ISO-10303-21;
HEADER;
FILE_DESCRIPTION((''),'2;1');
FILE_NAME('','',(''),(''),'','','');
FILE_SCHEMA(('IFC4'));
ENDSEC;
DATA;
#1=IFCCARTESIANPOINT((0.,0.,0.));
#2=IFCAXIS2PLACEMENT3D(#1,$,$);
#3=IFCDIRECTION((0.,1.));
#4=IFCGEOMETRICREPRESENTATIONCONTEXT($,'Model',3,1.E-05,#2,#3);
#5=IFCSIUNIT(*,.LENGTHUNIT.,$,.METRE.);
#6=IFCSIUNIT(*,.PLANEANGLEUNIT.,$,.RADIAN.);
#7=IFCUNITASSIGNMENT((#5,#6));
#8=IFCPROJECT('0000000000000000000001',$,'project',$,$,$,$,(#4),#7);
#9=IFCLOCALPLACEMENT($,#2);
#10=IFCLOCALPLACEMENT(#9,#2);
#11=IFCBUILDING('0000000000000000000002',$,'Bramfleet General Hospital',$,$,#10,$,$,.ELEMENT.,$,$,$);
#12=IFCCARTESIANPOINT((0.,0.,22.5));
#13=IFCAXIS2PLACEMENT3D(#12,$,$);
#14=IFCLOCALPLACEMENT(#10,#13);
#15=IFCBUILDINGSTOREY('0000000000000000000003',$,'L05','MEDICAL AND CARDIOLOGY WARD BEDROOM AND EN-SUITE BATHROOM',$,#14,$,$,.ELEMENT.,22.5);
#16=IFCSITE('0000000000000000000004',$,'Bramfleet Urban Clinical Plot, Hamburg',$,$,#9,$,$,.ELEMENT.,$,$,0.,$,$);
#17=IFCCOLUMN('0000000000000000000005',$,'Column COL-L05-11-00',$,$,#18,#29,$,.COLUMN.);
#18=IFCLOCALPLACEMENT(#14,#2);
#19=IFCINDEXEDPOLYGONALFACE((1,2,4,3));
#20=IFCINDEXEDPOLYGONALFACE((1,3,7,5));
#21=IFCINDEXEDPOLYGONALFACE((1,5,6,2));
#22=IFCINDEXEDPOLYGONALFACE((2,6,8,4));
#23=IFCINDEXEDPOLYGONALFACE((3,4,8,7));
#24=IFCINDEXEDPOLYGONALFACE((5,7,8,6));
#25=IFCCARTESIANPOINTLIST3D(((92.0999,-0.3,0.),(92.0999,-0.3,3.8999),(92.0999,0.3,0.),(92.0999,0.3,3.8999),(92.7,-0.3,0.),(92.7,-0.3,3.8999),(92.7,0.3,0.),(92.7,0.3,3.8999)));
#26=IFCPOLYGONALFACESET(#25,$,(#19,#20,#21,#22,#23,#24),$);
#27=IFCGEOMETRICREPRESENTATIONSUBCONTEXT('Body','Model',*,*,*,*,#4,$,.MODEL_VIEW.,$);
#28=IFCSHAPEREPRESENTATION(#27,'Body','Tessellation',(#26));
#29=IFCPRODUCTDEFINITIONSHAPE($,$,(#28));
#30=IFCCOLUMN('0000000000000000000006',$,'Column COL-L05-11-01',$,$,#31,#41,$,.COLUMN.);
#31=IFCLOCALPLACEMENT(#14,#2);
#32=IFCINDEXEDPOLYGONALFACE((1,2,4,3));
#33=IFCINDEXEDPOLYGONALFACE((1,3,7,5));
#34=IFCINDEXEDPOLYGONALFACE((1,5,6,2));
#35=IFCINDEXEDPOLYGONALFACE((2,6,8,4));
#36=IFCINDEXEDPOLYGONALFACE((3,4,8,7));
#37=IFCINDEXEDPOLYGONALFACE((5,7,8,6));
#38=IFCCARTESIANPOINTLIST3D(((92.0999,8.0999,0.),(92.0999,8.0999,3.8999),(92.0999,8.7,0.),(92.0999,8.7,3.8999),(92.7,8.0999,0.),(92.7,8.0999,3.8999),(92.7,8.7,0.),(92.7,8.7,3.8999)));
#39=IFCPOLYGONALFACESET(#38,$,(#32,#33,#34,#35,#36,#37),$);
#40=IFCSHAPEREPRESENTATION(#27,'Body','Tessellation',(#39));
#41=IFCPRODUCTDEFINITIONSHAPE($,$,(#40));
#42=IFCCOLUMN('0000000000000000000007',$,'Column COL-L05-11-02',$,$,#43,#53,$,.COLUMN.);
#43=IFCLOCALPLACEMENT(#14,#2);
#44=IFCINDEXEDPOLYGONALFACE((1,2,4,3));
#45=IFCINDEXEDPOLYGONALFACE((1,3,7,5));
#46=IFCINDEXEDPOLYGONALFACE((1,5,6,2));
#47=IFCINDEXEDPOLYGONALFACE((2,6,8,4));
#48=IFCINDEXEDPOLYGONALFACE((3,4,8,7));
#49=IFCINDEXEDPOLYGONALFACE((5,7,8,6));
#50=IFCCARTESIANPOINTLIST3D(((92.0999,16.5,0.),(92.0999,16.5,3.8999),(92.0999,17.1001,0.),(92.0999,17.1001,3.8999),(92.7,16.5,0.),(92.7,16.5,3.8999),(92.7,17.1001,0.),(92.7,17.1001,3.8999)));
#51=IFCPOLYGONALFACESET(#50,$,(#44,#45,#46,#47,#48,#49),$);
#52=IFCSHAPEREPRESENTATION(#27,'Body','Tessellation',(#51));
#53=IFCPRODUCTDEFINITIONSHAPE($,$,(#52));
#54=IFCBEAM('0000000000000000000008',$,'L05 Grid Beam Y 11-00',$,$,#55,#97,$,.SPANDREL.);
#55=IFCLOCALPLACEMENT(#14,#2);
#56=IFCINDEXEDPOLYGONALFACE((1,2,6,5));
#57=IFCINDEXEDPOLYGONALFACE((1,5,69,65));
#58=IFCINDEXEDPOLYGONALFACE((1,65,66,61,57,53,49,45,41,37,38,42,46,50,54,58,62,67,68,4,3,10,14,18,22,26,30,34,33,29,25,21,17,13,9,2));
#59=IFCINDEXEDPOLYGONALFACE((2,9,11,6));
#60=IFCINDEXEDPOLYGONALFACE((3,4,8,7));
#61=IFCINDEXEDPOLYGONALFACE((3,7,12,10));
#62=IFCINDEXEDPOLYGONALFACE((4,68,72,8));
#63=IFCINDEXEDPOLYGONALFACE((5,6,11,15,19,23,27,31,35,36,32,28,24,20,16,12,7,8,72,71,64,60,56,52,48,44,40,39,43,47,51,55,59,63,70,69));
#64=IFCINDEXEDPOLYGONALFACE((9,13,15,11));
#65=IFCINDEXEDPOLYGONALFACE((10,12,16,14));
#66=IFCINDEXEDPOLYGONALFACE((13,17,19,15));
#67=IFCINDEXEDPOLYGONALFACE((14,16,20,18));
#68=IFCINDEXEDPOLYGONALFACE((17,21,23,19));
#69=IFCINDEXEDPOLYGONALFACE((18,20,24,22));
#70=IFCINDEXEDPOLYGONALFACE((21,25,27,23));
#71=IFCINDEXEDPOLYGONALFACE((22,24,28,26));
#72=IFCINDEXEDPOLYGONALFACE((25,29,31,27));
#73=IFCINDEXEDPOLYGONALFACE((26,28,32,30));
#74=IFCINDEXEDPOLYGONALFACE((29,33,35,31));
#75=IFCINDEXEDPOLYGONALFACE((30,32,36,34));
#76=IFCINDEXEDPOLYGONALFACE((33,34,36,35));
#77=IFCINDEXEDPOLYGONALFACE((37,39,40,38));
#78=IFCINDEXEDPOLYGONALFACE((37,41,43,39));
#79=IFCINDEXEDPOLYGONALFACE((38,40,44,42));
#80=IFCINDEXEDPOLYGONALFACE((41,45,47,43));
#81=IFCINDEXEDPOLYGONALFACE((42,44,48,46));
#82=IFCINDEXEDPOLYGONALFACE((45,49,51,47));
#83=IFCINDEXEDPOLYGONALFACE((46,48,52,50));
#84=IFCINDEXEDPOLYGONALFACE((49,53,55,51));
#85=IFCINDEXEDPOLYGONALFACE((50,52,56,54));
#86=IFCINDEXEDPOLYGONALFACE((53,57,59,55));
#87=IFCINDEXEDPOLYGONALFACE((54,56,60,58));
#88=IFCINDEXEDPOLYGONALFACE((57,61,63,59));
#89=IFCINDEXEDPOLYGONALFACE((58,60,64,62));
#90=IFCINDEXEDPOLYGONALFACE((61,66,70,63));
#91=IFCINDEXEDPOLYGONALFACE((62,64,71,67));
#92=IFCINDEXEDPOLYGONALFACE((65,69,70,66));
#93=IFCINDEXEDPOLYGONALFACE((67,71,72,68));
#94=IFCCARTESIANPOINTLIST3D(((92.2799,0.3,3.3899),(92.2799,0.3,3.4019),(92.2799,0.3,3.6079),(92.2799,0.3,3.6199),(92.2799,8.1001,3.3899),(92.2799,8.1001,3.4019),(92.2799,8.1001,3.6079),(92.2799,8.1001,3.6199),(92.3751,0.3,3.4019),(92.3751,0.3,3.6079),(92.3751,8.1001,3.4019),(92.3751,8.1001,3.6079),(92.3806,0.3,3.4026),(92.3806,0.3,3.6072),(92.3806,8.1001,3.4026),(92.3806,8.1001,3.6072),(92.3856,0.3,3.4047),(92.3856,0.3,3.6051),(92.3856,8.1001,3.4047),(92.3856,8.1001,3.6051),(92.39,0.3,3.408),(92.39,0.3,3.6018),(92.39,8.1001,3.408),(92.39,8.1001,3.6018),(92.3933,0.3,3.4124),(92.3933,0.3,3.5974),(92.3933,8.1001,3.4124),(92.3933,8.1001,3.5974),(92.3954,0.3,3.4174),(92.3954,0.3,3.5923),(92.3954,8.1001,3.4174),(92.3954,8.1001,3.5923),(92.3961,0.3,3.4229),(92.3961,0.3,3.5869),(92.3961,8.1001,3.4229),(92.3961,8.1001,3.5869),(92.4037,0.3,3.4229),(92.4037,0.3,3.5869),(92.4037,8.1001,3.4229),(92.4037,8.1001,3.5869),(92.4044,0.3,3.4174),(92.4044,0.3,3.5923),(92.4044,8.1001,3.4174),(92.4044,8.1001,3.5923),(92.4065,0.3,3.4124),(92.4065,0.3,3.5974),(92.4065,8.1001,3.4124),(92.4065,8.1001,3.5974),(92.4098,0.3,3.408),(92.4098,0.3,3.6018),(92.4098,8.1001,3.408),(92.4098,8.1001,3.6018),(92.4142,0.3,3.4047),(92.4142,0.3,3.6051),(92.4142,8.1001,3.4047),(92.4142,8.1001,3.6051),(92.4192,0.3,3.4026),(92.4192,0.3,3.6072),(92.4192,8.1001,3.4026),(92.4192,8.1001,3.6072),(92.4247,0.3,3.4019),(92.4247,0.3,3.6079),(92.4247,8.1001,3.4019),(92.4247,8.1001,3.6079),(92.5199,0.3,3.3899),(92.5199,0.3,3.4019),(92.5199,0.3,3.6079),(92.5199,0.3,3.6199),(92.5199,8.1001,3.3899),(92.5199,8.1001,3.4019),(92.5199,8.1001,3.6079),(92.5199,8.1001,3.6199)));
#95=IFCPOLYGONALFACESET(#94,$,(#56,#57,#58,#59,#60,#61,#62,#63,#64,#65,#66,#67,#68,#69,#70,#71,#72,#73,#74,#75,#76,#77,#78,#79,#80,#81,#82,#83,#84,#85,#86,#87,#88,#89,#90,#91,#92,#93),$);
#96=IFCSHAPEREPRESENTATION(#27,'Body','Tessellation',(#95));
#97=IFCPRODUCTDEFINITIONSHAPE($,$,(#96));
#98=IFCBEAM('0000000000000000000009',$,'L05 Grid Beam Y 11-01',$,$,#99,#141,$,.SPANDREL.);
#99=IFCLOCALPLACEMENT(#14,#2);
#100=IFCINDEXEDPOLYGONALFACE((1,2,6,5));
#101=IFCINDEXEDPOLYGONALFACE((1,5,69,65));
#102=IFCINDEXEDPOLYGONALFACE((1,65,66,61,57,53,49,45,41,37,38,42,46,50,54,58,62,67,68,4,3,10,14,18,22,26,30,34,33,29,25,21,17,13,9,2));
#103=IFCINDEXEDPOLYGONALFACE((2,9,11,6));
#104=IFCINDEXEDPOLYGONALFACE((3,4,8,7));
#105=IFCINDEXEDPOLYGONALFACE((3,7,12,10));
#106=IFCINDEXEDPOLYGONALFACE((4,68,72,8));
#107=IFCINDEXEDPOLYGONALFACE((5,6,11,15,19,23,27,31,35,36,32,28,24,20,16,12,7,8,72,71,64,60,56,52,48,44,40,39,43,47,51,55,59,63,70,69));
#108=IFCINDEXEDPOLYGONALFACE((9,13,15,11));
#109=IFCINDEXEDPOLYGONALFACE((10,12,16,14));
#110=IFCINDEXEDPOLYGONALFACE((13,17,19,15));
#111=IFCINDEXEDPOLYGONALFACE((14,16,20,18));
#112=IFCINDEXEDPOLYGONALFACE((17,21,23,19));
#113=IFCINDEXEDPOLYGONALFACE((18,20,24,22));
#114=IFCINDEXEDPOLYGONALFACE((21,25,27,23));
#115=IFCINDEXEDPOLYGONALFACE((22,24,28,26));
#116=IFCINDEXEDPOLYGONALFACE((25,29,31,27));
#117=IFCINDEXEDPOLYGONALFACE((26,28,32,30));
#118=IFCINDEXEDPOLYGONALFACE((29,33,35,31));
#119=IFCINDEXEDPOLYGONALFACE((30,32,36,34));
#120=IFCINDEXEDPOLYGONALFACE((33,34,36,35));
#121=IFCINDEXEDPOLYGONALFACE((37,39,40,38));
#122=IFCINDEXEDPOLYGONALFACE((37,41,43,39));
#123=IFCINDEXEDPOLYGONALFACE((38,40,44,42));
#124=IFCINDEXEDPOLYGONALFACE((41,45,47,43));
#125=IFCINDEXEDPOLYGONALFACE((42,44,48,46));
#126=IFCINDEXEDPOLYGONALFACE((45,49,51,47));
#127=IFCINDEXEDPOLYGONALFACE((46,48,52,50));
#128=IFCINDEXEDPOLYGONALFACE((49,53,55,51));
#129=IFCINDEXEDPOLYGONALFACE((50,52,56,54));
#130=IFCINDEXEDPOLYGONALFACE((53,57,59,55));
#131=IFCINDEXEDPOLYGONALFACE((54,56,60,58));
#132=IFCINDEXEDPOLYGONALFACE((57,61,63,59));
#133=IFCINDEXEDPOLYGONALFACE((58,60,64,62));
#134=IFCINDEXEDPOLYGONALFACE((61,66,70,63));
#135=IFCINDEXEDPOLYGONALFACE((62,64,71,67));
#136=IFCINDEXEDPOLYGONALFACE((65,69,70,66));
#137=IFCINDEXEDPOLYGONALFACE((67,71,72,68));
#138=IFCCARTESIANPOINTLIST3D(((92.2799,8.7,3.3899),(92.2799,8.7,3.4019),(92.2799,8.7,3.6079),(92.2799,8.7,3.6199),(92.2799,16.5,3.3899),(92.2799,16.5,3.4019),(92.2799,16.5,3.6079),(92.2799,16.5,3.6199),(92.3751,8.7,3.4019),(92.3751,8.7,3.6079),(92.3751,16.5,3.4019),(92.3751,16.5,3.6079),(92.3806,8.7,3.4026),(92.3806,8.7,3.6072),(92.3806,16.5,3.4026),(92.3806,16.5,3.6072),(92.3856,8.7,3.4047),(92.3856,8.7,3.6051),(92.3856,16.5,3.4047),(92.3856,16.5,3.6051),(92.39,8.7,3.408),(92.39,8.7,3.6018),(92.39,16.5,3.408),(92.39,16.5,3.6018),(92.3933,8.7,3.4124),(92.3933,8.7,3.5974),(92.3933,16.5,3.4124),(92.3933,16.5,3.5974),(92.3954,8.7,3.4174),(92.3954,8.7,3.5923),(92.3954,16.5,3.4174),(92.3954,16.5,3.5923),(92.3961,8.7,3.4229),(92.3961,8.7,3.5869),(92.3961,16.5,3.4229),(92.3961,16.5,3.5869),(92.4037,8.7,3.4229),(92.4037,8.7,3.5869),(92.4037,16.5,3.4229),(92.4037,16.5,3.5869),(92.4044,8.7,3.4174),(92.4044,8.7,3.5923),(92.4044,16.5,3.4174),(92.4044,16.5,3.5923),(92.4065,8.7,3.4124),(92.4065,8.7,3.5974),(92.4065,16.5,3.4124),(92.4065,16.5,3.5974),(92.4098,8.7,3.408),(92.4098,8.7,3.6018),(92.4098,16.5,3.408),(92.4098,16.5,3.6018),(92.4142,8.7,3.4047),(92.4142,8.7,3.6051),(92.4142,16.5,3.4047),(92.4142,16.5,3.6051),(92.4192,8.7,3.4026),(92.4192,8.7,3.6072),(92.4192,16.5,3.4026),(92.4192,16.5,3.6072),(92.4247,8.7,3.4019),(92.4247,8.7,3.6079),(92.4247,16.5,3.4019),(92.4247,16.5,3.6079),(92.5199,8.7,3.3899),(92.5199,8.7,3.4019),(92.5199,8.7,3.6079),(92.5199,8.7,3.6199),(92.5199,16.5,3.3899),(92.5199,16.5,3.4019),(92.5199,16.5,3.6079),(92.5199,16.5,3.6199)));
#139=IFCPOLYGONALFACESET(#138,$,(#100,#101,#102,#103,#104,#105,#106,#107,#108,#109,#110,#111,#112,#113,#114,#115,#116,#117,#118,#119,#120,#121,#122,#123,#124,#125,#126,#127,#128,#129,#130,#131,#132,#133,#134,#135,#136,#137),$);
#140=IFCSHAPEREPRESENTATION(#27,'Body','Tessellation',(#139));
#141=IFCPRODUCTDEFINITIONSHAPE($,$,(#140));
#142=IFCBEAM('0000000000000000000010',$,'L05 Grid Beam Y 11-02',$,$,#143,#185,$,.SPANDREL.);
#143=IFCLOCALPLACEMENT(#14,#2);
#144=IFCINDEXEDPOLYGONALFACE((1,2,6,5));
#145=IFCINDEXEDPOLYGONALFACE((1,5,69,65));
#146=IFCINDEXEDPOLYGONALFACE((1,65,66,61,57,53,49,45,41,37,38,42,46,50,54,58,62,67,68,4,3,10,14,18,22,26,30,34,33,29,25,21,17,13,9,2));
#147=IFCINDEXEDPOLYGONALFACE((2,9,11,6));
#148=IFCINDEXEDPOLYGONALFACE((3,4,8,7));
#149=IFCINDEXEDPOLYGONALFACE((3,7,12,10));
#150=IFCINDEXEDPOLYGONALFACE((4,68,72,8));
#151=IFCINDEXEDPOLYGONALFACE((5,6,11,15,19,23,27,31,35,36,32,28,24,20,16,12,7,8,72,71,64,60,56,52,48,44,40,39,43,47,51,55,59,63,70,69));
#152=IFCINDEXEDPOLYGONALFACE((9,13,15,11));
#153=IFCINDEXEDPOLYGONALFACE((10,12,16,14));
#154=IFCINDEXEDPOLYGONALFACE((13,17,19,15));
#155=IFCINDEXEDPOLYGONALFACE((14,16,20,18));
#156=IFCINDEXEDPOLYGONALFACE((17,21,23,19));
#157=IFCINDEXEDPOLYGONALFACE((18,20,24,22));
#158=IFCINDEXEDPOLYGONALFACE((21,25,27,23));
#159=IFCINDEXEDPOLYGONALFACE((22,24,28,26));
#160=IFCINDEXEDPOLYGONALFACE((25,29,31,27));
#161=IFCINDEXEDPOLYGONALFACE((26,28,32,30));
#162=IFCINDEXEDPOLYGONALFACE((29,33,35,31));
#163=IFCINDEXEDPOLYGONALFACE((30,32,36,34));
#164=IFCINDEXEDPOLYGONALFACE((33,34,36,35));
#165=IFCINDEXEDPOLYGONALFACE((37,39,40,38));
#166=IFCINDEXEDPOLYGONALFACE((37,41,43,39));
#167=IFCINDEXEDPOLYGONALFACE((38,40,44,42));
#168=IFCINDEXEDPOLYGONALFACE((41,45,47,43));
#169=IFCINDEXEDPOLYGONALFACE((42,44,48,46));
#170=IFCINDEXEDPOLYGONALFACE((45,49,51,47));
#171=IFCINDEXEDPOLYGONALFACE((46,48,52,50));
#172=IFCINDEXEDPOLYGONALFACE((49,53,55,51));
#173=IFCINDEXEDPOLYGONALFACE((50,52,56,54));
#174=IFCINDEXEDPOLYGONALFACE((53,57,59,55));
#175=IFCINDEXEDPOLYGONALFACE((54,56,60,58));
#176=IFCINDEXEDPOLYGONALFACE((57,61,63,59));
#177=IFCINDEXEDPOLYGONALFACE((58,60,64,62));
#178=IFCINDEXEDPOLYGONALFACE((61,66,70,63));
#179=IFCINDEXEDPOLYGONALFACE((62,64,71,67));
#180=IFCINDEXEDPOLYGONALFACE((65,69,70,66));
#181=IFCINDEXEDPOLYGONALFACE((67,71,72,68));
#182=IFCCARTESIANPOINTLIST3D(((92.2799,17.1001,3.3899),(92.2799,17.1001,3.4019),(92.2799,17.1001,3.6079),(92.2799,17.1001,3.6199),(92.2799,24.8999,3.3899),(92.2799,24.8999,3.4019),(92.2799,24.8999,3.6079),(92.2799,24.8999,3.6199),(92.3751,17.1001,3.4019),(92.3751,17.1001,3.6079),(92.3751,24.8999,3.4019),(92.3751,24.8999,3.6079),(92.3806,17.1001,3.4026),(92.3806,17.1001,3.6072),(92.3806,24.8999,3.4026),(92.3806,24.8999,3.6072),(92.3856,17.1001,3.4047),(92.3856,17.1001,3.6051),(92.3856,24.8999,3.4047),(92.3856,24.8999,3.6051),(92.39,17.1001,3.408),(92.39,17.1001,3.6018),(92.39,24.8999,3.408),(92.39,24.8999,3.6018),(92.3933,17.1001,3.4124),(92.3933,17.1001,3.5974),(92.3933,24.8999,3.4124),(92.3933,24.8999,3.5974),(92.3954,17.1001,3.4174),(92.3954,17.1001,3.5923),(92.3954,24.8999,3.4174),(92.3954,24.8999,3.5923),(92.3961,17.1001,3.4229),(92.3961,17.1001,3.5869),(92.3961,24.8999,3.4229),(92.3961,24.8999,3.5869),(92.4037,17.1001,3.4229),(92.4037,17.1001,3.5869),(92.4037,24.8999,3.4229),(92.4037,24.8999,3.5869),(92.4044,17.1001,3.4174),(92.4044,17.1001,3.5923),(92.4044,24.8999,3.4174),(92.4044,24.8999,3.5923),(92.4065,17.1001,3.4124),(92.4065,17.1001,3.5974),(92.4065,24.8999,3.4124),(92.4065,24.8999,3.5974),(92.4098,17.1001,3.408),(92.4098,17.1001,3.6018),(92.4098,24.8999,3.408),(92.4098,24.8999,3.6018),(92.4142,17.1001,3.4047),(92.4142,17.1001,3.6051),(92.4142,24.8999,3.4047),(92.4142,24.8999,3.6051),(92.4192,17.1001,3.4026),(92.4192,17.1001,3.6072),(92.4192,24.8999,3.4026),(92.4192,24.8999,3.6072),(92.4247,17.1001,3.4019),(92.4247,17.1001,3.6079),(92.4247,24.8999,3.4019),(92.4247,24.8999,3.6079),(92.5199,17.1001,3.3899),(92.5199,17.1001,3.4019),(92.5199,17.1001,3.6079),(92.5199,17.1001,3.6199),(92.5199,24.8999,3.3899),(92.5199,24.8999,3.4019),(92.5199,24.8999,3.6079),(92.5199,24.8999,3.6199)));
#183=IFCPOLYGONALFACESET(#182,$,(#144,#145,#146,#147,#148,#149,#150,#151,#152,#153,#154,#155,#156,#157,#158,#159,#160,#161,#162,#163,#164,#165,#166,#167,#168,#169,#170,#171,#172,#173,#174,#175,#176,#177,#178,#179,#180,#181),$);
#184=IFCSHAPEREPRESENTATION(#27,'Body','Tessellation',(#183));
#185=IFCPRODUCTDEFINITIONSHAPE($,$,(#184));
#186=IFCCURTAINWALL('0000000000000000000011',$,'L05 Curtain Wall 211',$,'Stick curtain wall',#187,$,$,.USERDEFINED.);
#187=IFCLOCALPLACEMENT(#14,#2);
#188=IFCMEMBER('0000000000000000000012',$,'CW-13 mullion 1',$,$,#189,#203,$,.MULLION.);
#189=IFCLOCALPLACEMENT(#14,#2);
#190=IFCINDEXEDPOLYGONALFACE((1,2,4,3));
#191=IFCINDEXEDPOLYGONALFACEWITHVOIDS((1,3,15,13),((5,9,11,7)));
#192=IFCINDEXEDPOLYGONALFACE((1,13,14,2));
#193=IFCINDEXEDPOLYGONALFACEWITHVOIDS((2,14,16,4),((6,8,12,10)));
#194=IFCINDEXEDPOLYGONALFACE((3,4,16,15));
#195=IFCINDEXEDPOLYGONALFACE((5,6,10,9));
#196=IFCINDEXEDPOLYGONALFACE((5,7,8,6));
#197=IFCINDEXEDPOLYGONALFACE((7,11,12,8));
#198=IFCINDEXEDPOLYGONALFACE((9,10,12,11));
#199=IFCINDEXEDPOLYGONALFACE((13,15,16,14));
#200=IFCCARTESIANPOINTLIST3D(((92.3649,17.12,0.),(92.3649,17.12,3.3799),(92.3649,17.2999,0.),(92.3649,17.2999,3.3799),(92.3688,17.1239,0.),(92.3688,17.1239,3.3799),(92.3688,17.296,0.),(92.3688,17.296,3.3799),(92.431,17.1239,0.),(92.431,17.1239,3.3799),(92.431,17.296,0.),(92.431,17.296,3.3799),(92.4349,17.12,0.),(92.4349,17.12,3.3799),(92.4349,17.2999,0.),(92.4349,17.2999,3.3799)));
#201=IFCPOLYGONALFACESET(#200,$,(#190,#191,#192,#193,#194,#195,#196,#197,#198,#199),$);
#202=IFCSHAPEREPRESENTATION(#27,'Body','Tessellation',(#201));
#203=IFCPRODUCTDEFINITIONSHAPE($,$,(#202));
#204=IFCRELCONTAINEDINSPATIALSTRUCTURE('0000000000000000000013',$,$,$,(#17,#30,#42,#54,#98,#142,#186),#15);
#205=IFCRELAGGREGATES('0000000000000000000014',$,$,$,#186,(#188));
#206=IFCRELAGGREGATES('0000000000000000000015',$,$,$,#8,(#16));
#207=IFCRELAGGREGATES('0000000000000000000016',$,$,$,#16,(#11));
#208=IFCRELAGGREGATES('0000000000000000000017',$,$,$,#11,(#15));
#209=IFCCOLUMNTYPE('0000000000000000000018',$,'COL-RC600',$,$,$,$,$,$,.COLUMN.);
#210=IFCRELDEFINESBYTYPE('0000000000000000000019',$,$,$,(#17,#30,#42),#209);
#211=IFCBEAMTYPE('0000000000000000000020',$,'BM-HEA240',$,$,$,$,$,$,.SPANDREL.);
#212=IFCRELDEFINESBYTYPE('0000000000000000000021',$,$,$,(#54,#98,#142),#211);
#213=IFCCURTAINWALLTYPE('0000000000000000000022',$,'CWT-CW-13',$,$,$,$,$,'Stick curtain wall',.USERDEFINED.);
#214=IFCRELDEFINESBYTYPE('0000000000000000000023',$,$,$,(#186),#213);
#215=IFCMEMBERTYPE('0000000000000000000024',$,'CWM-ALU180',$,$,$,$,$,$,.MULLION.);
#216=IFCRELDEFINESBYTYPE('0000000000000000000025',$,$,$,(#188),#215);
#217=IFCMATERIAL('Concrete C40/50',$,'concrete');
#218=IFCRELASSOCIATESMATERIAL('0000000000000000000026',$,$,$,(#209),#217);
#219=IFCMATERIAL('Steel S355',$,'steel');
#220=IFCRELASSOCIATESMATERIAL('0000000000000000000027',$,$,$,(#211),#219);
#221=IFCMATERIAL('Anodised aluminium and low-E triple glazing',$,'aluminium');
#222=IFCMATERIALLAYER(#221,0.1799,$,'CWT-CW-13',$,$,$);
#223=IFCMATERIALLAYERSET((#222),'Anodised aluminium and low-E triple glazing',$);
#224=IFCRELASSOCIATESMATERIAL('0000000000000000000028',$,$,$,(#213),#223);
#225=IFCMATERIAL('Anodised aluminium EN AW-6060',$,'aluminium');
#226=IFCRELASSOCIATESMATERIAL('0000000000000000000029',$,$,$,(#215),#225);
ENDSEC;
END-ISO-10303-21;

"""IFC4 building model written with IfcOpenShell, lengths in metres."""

from ifc_helpers import new_model, si_unit, direction, frame, origin, origin_2d, place, context, subcontext, project, spatial, rectangle, hollow_rectangle, i_section, extrude, material, layer, layer_set, material_profile, profile_set, type_object, element, aggregate, save


model = new_model("IFC4")

# Units and contexts
model_context = context("Model", 3, precision=1e-05, world=origin(), true_north=direction((0.0, 1.0)))
body_context = subcontext(model_context, "Body", "Model", "MODEL_VIEW")
ifc_project = project(units=[si_unit("LENGTHUNIT", "METRE"), si_unit("PLANEANGLEUNIT", "RADIAN")], contexts=[model_context])

# Site, building, storey
site_placement = place(None, origin())
site = spatial("IfcSite", under=ifc_project, at=site_placement, Name="Bramfleet Urban Clinical Plot, Hamburg", CompositionType="ELEMENT", RefElevation=0.0)
building_placement = place(site_placement, origin())
building = spatial("IfcBuilding", under=site, at=building_placement, Name="Bramfleet General Hospital", CompositionType="ELEMENT")
storey_placement = place(building_placement, frame((0.0, 0.0, 22.5)))
storey = spatial("IfcBuildingStorey", under=building, at=storey_placement, Name="L05", Description="MEDICAL AND CARDIOLOGY WARD BEDROOM AND EN-SUITE BATHROOM", CompositionType="ELEMENT", Elevation=22.5)

# Columns
ifc_material_1 = material(Name="Concrete C40/50", Category="concrete")
ifc_material_profile_1 = material_profile(ifc_material_1, rectangle(XDim=0.6001, YDim=0.6001, at=origin_2d()), Name="RC COL 600x600")
ifc_profile_set_1 = profile_set([ifc_material_profile_1], Name="Concrete C40/50")
column_type = type_object("IfcColumnType", Name="COL-RC600", PredefinedType="COLUMN", material=ifc_profile_set_1)
for number, where, z_axis, x_axis, name in (
    (1, (92.3999, 0.0, 0.0), (0.0, 0.0, 1.0), (1.0, 0.0, 0.0), "Column COL-L05-11-00"),
    (2, (92.3999, 8.3999, 0.0), (0.0, 0.0, 1.0), (1.0, 0.0, 0.0), "Column COL-L05-11-01"),
    (3, (92.3999, 16.8, 0.0), (0.0, 0.0, 1.0), (1.0, 0.0, 0.0), "Column COL-L05-11-02"),
):
    element("IfcColumn", number, at=place(storey_placement, frame(where, z_axis=z_axis, x_axis=x_axis)), inside=storey, type_object=column_type, Name=name, PredefinedType="COLUMN", context=body_context, shape_type="SweptSolid", body=[
        extrude(rectangle(XDim=0.6001, YDim=0.6001, at=origin_2d()), origin(), (0.0, 0.0, 1.0), 3.8999),
    ])

# Beams
ifc_material_2 = material(Name="Steel S355", Category="steel")
ifc_material_profile_2 = material_profile(ifc_material_2, i_section(OverallWidth=0.24, OverallDepth=0.23, WebThickness=0.0076, FlangeThickness=0.012, FilletRadius=0.021, at=origin_2d()), Name="HEA 240")
ifc_profile_set_2 = profile_set([ifc_material_profile_2], Name="Steel S355")
beam_type = type_object("IfcBeamType", Name="BM-HEA240", PredefinedType="SPANDREL", material=ifc_profile_set_2)
for number, where, z_axis, x_axis, name in (
    (4, (92.3999, 0.3, 3.5049), (0.0, 1.0, 0.0), (-1.0, 0.0, 0.0), "L05 Grid Beam Y 11-00"),
    (5, (92.3999, 8.7, 3.5049), (0.0, 1.0, 0.0), (-1.0, 0.0, 0.0), "L05 Grid Beam Y 11-01"),
):
    element("IfcBeam", number, at=place(storey_placement, frame(where, z_axis=z_axis, x_axis=x_axis)), inside=storey, type_object=beam_type, Name=name, PredefinedType="SPANDREL", context=body_context, shape_type="SweptSolid", body=[
        extrude(i_section(OverallWidth=0.24, OverallDepth=0.23, WebThickness=0.0076, FlangeThickness=0.012, FilletRadius=0.021, at=origin_2d()), origin(), (0.0, 0.0, 1.0), 7.8),
    ])
beam_placement = place(storey_placement, frame((92.3999, 17.1001, 3.5049), z_axis=(0.0, 1.0, 0.0), x_axis=(-1.0, 0.0, 0.0)))
element("IfcBeam", 6, at=beam_placement, inside=storey, type_object=beam_type, Name="L05 Grid Beam Y 11-02", PredefinedType="SPANDREL", context=body_context, shape_type="SweptSolid", body=[
    extrude(i_section(OverallWidth=0.24, OverallDepth=0.23, WebThickness=0.0076, FlangeThickness=0.012, FilletRadius=0.021, at=origin_2d()), origin(), (0.0, 0.0, 1.0), 7.7998),
])

# Curtain wall, member
ifc_material_3 = material(Name="Anodised aluminium and low-E triple glazing", Category="aluminium")
ifc_layer_1 = layer(ifc_material_3, 0.1799, Name="CWT-CW-13")
ifc_layer_set_1 = layer_set([ifc_layer_1], Name="Anodised aluminium and low-E triple glazing")
curtain_wall_type_1 = type_object("IfcCurtainWallType", Name="CWT-CW-13", ElementType="Stick curtain wall", PredefinedType="USERDEFINED", material=ifc_layer_set_1)
curtain_wall_1_placement = place(storey_placement, origin())
curtain_wall_1 = element("IfcCurtainWall", 7, at=curtain_wall_1_placement, inside=storey, type_object=curtain_wall_type_1, Name="L05 Curtain Wall 211", ObjectType="Stick curtain wall", PredefinedType="USERDEFINED")
ifc_material_4 = material(Name="Anodised aluminium EN AW-6060", Category="aluminium")
ifc_material_profile_3 = material_profile(ifc_material_4, hollow_rectangle(XDim=0.0701, YDim=0.1799, WallThickness=0.0039, at=origin_2d()), Name="ALU 180x70x4.0")
ifc_profile_set_3 = profile_set([ifc_material_profile_3], Name="Anodised aluminium EN AW-6060")
member_type_1 = type_object("IfcMemberType", Name="CWM-ALU180", PredefinedType="MULLION", material=ifc_profile_set_3)
member_1_placement = place(storey_placement, frame((92.3999, 17.21, 0.0), z_axis=(0.0, 0.0, 1.0), x_axis=(-1.0, 0.0, 0.0)))
member_1 = element("IfcMember", 8, at=member_1_placement, type_object=member_type_1, Name="CW-13 mullion 1", PredefinedType="MULLION", context=body_context, shape_type="SweptSolid", body=[
    extrude(hollow_rectangle(XDim=0.0701, YDim=0.1799, WallThickness=0.0039, at=origin_2d()), origin(), (0.0, 0.0, 1.0), 3.3799),
])

aggregate(curtain_wall_1, [member_1])

save(model, "model.ifc")
